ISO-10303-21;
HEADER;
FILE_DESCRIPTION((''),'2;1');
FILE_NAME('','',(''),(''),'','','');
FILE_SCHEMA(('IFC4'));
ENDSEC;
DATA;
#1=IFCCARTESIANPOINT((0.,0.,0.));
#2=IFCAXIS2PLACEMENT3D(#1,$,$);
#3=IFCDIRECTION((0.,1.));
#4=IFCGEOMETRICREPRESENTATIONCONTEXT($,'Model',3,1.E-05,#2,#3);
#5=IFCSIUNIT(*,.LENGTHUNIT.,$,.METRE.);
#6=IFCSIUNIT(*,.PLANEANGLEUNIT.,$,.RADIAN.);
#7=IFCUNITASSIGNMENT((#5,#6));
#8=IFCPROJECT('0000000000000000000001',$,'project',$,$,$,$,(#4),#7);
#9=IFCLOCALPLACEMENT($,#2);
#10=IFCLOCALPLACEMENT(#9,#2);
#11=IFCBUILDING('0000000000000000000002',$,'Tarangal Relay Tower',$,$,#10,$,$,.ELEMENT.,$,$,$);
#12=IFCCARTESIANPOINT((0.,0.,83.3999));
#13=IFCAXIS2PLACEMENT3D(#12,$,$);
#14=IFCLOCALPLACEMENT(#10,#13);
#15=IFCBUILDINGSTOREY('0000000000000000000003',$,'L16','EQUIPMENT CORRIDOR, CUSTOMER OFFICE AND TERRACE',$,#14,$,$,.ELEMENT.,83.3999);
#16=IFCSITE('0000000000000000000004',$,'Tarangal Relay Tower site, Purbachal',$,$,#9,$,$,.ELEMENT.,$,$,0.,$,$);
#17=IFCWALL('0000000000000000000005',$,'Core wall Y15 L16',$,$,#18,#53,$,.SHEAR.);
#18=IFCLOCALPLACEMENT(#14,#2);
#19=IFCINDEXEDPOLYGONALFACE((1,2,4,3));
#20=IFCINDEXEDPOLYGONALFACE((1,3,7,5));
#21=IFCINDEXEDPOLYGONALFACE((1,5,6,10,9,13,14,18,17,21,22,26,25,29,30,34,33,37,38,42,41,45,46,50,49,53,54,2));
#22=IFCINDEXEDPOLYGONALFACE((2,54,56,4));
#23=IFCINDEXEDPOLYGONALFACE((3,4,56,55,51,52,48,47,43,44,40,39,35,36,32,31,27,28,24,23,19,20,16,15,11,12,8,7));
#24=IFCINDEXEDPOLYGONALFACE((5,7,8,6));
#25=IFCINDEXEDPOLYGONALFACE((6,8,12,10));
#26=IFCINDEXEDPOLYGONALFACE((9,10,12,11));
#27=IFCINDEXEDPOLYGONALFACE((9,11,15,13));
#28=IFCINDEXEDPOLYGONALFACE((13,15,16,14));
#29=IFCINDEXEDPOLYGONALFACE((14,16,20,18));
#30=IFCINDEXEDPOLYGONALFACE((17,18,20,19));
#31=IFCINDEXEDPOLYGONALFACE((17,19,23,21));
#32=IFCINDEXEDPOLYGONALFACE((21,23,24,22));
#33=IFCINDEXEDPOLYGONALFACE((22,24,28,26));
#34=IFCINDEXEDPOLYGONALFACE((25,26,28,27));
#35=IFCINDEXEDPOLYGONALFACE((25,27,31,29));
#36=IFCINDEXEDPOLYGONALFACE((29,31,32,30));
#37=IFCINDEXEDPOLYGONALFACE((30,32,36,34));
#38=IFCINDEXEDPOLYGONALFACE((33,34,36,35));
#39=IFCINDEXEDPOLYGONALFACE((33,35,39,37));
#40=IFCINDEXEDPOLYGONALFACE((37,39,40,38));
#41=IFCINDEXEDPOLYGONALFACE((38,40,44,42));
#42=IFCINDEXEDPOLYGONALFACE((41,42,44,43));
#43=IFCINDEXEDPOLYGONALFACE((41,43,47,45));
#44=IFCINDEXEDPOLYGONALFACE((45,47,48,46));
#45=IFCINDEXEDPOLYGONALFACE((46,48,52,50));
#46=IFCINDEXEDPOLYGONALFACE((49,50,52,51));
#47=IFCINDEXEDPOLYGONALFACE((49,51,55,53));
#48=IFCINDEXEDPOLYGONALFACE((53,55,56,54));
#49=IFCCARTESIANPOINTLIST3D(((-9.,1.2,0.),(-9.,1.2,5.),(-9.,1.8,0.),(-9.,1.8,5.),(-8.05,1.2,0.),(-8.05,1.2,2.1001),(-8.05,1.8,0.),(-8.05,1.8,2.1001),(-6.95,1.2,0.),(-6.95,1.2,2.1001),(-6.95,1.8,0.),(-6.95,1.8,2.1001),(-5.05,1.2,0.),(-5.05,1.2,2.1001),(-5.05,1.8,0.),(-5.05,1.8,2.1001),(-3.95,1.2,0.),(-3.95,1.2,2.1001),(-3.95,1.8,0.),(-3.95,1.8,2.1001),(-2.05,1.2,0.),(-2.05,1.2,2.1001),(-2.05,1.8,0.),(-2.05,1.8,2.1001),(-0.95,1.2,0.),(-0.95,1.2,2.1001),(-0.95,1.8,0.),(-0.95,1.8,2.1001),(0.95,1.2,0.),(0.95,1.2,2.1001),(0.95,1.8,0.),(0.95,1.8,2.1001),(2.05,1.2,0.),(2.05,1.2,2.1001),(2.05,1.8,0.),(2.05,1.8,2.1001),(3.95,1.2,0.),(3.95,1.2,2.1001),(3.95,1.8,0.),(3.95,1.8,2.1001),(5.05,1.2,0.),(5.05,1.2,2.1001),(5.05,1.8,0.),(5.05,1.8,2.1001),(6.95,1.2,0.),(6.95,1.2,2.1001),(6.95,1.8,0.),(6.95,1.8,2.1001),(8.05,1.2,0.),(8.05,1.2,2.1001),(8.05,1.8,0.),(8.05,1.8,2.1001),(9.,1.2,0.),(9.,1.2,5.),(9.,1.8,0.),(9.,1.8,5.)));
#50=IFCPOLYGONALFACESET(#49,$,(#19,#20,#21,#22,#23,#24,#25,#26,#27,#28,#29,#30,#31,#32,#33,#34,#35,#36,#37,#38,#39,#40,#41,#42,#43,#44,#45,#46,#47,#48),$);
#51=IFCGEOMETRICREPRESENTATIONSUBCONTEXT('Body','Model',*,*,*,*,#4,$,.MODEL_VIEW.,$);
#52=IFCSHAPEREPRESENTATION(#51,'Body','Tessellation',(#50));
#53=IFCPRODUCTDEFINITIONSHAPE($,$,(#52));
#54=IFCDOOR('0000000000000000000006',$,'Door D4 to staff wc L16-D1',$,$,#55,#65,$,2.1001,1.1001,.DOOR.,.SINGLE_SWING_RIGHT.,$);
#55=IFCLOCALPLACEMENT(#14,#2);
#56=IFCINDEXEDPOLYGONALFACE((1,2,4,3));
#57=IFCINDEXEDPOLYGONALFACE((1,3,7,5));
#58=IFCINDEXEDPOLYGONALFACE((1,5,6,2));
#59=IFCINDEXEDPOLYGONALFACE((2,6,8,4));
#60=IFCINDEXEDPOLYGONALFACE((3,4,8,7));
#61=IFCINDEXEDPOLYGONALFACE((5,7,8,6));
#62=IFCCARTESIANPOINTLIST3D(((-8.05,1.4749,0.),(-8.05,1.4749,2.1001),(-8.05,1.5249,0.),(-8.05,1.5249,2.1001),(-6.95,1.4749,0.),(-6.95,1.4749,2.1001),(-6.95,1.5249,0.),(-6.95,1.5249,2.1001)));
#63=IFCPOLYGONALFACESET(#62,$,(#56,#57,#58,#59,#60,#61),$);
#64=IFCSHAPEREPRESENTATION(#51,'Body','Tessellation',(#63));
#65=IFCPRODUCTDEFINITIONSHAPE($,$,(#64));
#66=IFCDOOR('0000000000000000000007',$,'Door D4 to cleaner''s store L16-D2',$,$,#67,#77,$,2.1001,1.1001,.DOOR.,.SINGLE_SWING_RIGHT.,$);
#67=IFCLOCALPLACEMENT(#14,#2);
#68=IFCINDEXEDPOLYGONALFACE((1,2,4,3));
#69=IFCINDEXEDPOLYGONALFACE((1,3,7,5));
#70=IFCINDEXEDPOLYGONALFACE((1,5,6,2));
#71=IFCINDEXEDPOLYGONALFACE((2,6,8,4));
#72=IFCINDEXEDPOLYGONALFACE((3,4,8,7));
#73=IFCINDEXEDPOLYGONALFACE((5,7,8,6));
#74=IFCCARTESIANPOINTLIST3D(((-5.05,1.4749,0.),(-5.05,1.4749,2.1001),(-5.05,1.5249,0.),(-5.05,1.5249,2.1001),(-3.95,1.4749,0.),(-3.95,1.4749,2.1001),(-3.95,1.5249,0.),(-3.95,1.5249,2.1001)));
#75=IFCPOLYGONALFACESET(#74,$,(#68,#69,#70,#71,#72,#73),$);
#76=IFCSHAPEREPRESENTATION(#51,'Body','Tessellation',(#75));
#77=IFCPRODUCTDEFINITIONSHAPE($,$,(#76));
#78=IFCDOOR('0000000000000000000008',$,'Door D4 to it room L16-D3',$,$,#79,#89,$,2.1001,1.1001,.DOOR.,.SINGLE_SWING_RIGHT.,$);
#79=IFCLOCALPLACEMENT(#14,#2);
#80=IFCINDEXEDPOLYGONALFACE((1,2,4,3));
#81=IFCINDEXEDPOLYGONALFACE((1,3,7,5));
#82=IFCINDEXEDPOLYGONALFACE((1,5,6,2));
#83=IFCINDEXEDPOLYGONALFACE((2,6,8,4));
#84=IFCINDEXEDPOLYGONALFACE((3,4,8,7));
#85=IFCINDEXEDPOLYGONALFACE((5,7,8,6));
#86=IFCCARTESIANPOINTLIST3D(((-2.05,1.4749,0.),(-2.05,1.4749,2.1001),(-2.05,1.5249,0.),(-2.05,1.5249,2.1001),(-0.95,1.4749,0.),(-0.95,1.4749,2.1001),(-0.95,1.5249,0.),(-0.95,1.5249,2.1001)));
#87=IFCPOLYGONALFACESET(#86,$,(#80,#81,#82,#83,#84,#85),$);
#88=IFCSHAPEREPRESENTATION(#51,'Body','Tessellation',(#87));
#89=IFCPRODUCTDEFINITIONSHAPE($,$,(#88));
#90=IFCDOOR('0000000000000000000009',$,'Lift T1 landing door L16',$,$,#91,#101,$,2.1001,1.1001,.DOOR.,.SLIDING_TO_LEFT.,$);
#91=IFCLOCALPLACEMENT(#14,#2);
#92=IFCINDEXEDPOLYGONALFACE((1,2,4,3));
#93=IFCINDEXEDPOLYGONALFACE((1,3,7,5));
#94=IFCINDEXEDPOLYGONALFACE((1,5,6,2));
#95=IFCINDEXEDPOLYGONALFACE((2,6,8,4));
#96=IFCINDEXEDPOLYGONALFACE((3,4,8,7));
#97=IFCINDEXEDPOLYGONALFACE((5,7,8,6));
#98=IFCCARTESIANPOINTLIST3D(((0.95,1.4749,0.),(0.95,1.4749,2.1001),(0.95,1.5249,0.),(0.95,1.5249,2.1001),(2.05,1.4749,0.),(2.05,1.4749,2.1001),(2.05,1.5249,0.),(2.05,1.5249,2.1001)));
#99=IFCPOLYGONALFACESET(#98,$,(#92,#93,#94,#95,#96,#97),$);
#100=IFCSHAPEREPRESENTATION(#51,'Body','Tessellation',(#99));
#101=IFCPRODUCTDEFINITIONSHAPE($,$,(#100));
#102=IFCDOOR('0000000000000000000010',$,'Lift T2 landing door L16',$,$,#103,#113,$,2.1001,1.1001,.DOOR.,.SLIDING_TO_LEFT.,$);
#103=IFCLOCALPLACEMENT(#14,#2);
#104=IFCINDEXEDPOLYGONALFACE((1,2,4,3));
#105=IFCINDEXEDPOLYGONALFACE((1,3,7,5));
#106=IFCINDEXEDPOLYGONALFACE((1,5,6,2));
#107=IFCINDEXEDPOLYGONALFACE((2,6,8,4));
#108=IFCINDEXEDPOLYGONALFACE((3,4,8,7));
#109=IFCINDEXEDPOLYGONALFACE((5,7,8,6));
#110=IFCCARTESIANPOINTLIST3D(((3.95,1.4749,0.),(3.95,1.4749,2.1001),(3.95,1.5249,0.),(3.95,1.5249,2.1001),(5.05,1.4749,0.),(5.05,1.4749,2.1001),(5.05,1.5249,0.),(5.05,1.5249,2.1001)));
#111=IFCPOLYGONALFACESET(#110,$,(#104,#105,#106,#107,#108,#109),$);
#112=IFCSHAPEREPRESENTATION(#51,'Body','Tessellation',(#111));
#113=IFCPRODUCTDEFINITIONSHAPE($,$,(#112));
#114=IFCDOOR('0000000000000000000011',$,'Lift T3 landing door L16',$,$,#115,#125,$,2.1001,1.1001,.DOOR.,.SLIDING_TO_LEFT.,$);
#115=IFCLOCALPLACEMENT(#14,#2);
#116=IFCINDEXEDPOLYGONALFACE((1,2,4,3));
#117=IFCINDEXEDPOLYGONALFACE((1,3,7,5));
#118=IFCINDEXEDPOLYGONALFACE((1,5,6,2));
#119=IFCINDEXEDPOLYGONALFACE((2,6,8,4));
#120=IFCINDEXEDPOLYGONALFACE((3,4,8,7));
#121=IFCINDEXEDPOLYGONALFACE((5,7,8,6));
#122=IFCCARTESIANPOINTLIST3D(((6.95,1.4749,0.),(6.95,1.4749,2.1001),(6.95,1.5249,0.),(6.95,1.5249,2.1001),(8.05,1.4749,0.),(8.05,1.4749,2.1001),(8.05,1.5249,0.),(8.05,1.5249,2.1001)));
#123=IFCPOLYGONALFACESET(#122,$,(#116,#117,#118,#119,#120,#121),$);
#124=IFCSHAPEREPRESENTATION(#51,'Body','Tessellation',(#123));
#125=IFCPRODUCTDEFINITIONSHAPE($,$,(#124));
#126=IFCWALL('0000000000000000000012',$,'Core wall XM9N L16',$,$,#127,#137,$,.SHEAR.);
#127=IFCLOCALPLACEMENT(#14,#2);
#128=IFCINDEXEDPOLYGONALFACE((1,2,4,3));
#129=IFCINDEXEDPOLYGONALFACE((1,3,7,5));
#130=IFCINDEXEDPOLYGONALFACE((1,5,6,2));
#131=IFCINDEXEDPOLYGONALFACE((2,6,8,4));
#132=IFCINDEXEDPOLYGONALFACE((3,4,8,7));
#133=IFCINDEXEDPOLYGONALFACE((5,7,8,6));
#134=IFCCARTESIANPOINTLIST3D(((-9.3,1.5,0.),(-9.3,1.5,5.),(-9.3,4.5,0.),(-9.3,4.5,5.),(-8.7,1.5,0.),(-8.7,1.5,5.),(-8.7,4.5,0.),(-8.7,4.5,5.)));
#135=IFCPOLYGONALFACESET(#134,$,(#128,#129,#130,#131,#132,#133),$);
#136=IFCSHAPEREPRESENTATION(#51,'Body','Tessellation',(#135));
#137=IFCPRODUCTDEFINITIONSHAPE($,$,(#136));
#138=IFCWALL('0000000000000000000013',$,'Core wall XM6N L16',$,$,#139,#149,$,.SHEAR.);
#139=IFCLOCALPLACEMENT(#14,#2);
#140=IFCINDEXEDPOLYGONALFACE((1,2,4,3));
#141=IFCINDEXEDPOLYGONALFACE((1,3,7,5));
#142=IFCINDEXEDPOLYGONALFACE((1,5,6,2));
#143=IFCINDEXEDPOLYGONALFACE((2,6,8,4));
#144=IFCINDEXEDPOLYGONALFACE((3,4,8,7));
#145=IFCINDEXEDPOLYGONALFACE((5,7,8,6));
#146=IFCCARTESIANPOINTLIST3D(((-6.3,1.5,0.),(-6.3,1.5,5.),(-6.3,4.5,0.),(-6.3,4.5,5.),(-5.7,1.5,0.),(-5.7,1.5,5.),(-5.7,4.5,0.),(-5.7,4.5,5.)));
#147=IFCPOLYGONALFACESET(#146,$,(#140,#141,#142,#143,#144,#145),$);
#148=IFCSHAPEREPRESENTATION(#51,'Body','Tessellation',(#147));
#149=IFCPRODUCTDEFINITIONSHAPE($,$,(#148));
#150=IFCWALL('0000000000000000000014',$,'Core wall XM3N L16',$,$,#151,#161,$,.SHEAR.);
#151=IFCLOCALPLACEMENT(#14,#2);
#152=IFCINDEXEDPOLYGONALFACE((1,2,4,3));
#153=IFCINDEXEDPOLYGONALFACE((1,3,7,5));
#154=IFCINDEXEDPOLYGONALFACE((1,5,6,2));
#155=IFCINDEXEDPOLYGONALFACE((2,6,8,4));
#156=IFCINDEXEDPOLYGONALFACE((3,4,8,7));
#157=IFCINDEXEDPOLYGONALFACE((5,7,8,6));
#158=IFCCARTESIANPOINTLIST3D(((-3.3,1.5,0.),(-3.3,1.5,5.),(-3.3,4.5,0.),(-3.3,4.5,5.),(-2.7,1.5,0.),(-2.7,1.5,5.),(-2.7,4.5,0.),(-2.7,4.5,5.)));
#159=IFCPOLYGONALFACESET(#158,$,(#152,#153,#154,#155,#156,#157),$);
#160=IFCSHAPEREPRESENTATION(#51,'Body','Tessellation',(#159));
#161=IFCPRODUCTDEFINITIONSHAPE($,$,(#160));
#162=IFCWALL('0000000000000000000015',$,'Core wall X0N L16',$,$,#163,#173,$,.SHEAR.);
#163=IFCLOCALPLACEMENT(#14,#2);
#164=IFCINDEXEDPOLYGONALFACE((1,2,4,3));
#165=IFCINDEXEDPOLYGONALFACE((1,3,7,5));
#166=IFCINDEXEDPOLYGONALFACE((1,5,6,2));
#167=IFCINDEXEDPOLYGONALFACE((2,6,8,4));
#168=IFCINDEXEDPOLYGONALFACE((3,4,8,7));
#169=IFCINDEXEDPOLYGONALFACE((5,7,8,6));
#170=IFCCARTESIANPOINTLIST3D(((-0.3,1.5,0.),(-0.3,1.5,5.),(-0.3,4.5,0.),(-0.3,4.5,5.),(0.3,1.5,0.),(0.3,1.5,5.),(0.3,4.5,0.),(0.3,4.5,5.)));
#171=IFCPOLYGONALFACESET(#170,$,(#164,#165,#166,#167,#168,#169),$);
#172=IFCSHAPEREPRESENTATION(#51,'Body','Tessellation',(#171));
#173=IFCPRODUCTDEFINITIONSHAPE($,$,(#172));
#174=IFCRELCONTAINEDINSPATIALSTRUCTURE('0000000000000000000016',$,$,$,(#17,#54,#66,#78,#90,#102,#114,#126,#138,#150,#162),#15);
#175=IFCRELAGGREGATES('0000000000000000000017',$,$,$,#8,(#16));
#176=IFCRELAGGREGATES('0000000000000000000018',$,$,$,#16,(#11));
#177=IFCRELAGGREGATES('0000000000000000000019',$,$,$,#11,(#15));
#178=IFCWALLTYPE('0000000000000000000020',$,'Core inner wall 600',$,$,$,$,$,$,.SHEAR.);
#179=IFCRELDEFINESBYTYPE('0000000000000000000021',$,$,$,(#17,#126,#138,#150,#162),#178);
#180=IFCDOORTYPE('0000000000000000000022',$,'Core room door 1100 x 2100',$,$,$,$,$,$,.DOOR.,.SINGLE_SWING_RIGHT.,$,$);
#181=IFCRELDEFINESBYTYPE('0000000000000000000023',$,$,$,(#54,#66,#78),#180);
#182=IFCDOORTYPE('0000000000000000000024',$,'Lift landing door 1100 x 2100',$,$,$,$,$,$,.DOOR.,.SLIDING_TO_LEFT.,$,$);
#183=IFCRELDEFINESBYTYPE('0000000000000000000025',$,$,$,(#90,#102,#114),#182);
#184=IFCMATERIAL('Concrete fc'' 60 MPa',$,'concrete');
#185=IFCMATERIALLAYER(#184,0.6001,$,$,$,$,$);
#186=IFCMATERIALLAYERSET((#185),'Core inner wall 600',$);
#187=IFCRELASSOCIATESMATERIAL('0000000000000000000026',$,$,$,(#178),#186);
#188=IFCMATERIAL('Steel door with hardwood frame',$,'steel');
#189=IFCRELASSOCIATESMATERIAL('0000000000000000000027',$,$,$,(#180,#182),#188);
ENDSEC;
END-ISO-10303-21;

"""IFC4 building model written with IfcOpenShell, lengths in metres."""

from ifc_helpers import new_model, si_unit, direction, frame, frame_2d, origin, place, context, subcontext, project, spatial, rectangle, extrude, material, layer, layer_set, type_object, element, fill, save


model = new_model("IFC4")

# Units and contexts
model_context = context("Model", 3, precision=1e-05, world=origin(), true_north=direction((0.0, 1.0)))
body_context = subcontext(model_context, "Body", "Model", "MODEL_VIEW")
ifc_project = project(units=[si_unit("LENGTHUNIT", "METRE"), si_unit("PLANEANGLEUNIT", "RADIAN")], contexts=[model_context])

# Site, building, storey
site_placement = place(None, origin())
site = spatial("IfcSite", under=ifc_project, at=site_placement, Name="Tarangal Relay Tower site, Purbachal", CompositionType="ELEMENT", RefElevation=0.0)
building_placement = place(site_placement, origin())
building = spatial("IfcBuilding", under=site, at=building_placement, Name="Tarangal Relay Tower", CompositionType="ELEMENT")
storey_placement = place(building_placement, frame((0.0, 0.0, 83.3999)))
storey = spatial("IfcBuildingStorey", under=building, at=storey_placement, Name="L16", Description="EQUIPMENT CORRIDOR, CUSTOMER OFFICE AND TERRACE", CompositionType="ELEMENT", Elevation=83.3999)

# Wall, openings, doors
ifc_material_1 = material(Name="Concrete fc' 60 MPa", Category="concrete")
ifc_layer_1 = layer(ifc_material_1, 0.6001)
ifc_layer_set_1 = layer_set([ifc_layer_1], Name="Core inner wall 600")
wall_type = type_object("IfcWallType", Name="Core inner wall 600", PredefinedType="SHEAR", material=ifc_layer_set_1)
wall_1_placement = place(storey_placement, frame((-9.0, 1.5, 0.0), z_axis=(0.0, 0.0, 1.0), x_axis=(1.0, 0.0, 0.0)))
wall_1 = element("IfcWall", 1, at=wall_1_placement, inside=storey, type_object=wall_type, Name="Core wall Y15 L16", PredefinedType="SHEAR", context=body_context, shape_type="SweptSolid", body=[
    extrude(rectangle(XDim=18.0, YDim=0.6001, at=frame_2d((9.0, 0.0))), origin(), (0.0, 0.0, 1.0), 5.0),
])
opening_1_placement = place(wall_1_placement, frame((9.95, 0.0, 0.0)))
opening_1 = element("IfcOpeningElement", 2, at=opening_1_placement, cuts=wall_1, PredefinedType="OPENING", context=body_context, shape_type="SweptSolid", body=[
    extrude(rectangle(XDim=1.1001, YDim=2.1001, at=frame_2d((0.55, 1.05))), frame((0.0, 0.3101, 0.0), z_axis=(0.0, -1.0, 0.0), x_axis=(1.0, 0.0, 0.0)), (0.0, 0.0, 1.0), 0.6201),
])
opening_2_placement = place(wall_1_placement, frame((12.95, 0.0, 0.0)))
opening_2 = element("IfcOpeningElement", 3, at=opening_2_placement, cuts=wall_1, PredefinedType="OPENING", context=body_context, shape_type="SweptSolid", body=[
    extrude(rectangle(XDim=1.1001, YDim=2.1001, at=frame_2d((0.55, 1.05))), frame((0.0, 0.3101, 0.0), z_axis=(0.0, -1.0, 0.0), x_axis=(1.0, 0.0, 0.0)), (0.0, 0.0, 1.0), 0.6201),
])
opening_3_placement = place(wall_1_placement, frame((15.95, 0.0, 0.0)))
opening_3 = element("IfcOpeningElement", 4, at=opening_3_placement, cuts=wall_1, PredefinedType="OPENING", context=body_context, shape_type="SweptSolid", body=[
    extrude(rectangle(XDim=1.1001, YDim=2.1001, at=frame_2d((0.55, 1.05))), frame((0.0, 0.3101, 0.0), z_axis=(0.0, -1.0, 0.0), x_axis=(1.0, 0.0, 0.0)), (0.0, 0.0, 1.0), 0.6201),
])
opening_4_placement = place(wall_1_placement, frame((0.95, 0.0, 0.0)))
opening_4 = element("IfcOpeningElement", 5, at=opening_4_placement, cuts=wall_1, PredefinedType="OPENING", context=body_context, shape_type="SweptSolid", body=[
    extrude(rectangle(XDim=1.1001, YDim=2.1001, at=frame_2d((0.55, 1.05))), frame((0.0, 0.3101, 0.0), z_axis=(0.0, -1.0, 0.0), x_axis=(1.0, 0.0, 0.0)), (0.0, 0.0, 1.0), 0.6201),
])
opening_5_placement = place(wall_1_placement, frame((3.95, 0.0, 0.0)))
opening_5 = element("IfcOpeningElement", 6, at=opening_5_placement, cuts=wall_1, PredefinedType="OPENING", context=body_context, shape_type="SweptSolid", body=[
    extrude(rectangle(XDim=1.1001, YDim=2.1001, at=frame_2d((0.55, 1.05))), frame((0.0, 0.3101, 0.0), z_axis=(0.0, -1.0, 0.0), x_axis=(1.0, 0.0, 0.0)), (0.0, 0.0, 1.0), 0.6201),
])
opening_6_placement = place(wall_1_placement, frame((6.95, 0.0, 0.0)))
opening_6 = element("IfcOpeningElement", 7, at=opening_6_placement, cuts=wall_1, PredefinedType="OPENING", context=body_context, shape_type="SweptSolid", body=[
    extrude(rectangle(XDim=1.1001, YDim=2.1001, at=frame_2d((0.55, 1.05))), frame((0.0, 0.3101, 0.0), z_axis=(0.0, -1.0, 0.0), x_axis=(1.0, 0.0, 0.0)), (0.0, 0.0, 1.0), 0.6201),
])
ifc_material_2 = material(Name="Steel door with hardwood frame", Category="steel")
door_type_1 = type_object("IfcDoorType", Name="Core room door 1100 x 2100", OperationType="SINGLE_SWING_RIGHT", PredefinedType="DOOR", material=ifc_material_2)
door_1_placement = place(opening_4_placement, origin())
door_1 = element("IfcDoor", 8, at=door_1_placement, inside=storey, type_object=door_type_1, Name="Door D4 to staff wc L16-D1", OperationType="SINGLE_SWING_RIGHT", OverallHeight=2.1001, OverallWidth=1.1001, PredefinedType="DOOR", context=body_context, shape_type="SweptSolid", body=[
    extrude(rectangle(XDim=1.1001, YDim=2.1001, at=frame_2d((0.55, 1.05))), frame((0.0, 0.0249, 0.0), z_axis=(0.0, -1.0, 0.0), x_axis=(1.0, 0.0, 0.0)), (0.0, 0.0, 1.0), 0.05),
])
fill(opening_4, door_1)
door_2_placement = place(opening_5_placement, origin())
door_2 = element("IfcDoor", 9, at=door_2_placement, inside=storey, type_object=door_type_1, Name="Door D4 to cleaner's store L16-D2", OperationType="SINGLE_SWING_RIGHT", OverallHeight=2.1001, OverallWidth=1.1001, PredefinedType="DOOR", context=body_context, shape_type="SweptSolid", body=[
    extrude(rectangle(XDim=1.1001, YDim=2.1001, at=frame_2d((0.55, 1.05))), frame((0.0, 0.0249, 0.0), z_axis=(0.0, -1.0, 0.0), x_axis=(1.0, 0.0, 0.0)), (0.0, 0.0, 1.0), 0.05),
])
fill(opening_5, door_2)
door_3_placement = place(opening_6_placement, origin())
door_3 = element("IfcDoor", 10, at=door_3_placement, inside=storey, type_object=door_type_1, Name="Door D4 to it room L16-D3", OperationType="SINGLE_SWING_RIGHT", OverallHeight=2.1001, OverallWidth=1.1001, PredefinedType="DOOR", context=body_context, shape_type="SweptSolid", body=[
    extrude(rectangle(XDim=1.1001, YDim=2.1001, at=frame_2d((0.55, 1.05))), frame((0.0, 0.0249, 0.0), z_axis=(0.0, -1.0, 0.0), x_axis=(1.0, 0.0, 0.0)), (0.0, 0.0, 1.0), 0.05),
])
fill(opening_6, door_3)
door_type_2 = type_object("IfcDoorType", Name="Lift landing door 1100 x 2100", OperationType="SLIDING_TO_LEFT", PredefinedType="DOOR", material=ifc_material_2)
door_4_placement = place(opening_1_placement, origin())
door_4 = element("IfcDoor", 11, at=door_4_placement, inside=storey, type_object=door_type_2, Name="Lift T1 landing door L16", OperationType="SLIDING_TO_LEFT", OverallHeight=2.1001, OverallWidth=1.1001, PredefinedType="DOOR", context=body_context, shape_type="SweptSolid", body=[
    extrude(rectangle(XDim=1.1001, YDim=2.1001, at=frame_2d((0.55, 1.05))), frame((0.0, 0.0249, 0.0), z_axis=(0.0, -1.0, 0.0), x_axis=(1.0, 0.0, 0.0)), (0.0, 0.0, 1.0), 0.05),
])
fill(opening_1, door_4)
door_5_placement = place(opening_2_placement, origin())
door_5 = element("IfcDoor", 12, at=door_5_placement, inside=storey, type_object=door_type_2, Name="Lift T2 landing door L16", OperationType="SLIDING_TO_LEFT", OverallHeight=2.1001, OverallWidth=1.1001, PredefinedType="DOOR", context=body_context, shape_type="SweptSolid", body=[
    extrude(rectangle(XDim=1.1001, YDim=2.1001, at=frame_2d((0.55, 1.05))), frame((0.0, 0.0249, 0.0), z_axis=(0.0, -1.0, 0.0), x_axis=(1.0, 0.0, 0.0)), (0.0, 0.0, 1.0), 0.05),
])
fill(opening_2, door_5)
door_6_placement = place(opening_3_placement, origin())
door_6 = element("IfcDoor", 13, at=door_6_placement, inside=storey, type_object=door_type_2, Name="Lift T3 landing door L16", OperationType="SLIDING_TO_LEFT", OverallHeight=2.1001, OverallWidth=1.1001, PredefinedType="DOOR", context=body_context, shape_type="SweptSolid", body=[
    extrude(rectangle(XDim=1.1001, YDim=2.1001, at=frame_2d((0.55, 1.05))), frame((0.0, 0.0249, 0.0), z_axis=(0.0, -1.0, 0.0), x_axis=(1.0, 0.0, 0.0)), (0.0, 0.0, 1.0), 0.05),
])
fill(opening_3, door_6)

# Walls
for number, where, z_axis, x_axis, name in (
    (14, (-9.0, 1.5, 0.0), (0.0, 0.0, 1.0), (0.0, 1.0, 0.0), "Core wall XM9N L16"),
    (15, (-6.0, 1.5, 0.0), (0.0, 0.0, 1.0), (0.0, 1.0, 0.0), "Core wall XM6N L16"),
    (16, (-3.0, 1.5, 0.0), (0.0, 0.0, 1.0), (0.0, 1.0, 0.0), "Core wall XM3N L16"),
    (17, (0.0, 1.5, 0.0), (0.0, 0.0, 1.0), (0.0, 1.0, 0.0), "Core wall X0N L16"),
):
    element("IfcWall", number, at=place(storey_placement, frame(where, z_axis=z_axis, x_axis=x_axis)), inside=storey, type_object=wall_type, Name=name, PredefinedType="SHEAR", context=body_context, shape_type="SweptSolid", body=[
        extrude(rectangle(XDim=3.0, YDim=0.6001, at=frame_2d((1.5, 0.0))), origin(), (0.0, 0.0, 1.0), 5.0),
    ])

save(model, "model.ifc")
